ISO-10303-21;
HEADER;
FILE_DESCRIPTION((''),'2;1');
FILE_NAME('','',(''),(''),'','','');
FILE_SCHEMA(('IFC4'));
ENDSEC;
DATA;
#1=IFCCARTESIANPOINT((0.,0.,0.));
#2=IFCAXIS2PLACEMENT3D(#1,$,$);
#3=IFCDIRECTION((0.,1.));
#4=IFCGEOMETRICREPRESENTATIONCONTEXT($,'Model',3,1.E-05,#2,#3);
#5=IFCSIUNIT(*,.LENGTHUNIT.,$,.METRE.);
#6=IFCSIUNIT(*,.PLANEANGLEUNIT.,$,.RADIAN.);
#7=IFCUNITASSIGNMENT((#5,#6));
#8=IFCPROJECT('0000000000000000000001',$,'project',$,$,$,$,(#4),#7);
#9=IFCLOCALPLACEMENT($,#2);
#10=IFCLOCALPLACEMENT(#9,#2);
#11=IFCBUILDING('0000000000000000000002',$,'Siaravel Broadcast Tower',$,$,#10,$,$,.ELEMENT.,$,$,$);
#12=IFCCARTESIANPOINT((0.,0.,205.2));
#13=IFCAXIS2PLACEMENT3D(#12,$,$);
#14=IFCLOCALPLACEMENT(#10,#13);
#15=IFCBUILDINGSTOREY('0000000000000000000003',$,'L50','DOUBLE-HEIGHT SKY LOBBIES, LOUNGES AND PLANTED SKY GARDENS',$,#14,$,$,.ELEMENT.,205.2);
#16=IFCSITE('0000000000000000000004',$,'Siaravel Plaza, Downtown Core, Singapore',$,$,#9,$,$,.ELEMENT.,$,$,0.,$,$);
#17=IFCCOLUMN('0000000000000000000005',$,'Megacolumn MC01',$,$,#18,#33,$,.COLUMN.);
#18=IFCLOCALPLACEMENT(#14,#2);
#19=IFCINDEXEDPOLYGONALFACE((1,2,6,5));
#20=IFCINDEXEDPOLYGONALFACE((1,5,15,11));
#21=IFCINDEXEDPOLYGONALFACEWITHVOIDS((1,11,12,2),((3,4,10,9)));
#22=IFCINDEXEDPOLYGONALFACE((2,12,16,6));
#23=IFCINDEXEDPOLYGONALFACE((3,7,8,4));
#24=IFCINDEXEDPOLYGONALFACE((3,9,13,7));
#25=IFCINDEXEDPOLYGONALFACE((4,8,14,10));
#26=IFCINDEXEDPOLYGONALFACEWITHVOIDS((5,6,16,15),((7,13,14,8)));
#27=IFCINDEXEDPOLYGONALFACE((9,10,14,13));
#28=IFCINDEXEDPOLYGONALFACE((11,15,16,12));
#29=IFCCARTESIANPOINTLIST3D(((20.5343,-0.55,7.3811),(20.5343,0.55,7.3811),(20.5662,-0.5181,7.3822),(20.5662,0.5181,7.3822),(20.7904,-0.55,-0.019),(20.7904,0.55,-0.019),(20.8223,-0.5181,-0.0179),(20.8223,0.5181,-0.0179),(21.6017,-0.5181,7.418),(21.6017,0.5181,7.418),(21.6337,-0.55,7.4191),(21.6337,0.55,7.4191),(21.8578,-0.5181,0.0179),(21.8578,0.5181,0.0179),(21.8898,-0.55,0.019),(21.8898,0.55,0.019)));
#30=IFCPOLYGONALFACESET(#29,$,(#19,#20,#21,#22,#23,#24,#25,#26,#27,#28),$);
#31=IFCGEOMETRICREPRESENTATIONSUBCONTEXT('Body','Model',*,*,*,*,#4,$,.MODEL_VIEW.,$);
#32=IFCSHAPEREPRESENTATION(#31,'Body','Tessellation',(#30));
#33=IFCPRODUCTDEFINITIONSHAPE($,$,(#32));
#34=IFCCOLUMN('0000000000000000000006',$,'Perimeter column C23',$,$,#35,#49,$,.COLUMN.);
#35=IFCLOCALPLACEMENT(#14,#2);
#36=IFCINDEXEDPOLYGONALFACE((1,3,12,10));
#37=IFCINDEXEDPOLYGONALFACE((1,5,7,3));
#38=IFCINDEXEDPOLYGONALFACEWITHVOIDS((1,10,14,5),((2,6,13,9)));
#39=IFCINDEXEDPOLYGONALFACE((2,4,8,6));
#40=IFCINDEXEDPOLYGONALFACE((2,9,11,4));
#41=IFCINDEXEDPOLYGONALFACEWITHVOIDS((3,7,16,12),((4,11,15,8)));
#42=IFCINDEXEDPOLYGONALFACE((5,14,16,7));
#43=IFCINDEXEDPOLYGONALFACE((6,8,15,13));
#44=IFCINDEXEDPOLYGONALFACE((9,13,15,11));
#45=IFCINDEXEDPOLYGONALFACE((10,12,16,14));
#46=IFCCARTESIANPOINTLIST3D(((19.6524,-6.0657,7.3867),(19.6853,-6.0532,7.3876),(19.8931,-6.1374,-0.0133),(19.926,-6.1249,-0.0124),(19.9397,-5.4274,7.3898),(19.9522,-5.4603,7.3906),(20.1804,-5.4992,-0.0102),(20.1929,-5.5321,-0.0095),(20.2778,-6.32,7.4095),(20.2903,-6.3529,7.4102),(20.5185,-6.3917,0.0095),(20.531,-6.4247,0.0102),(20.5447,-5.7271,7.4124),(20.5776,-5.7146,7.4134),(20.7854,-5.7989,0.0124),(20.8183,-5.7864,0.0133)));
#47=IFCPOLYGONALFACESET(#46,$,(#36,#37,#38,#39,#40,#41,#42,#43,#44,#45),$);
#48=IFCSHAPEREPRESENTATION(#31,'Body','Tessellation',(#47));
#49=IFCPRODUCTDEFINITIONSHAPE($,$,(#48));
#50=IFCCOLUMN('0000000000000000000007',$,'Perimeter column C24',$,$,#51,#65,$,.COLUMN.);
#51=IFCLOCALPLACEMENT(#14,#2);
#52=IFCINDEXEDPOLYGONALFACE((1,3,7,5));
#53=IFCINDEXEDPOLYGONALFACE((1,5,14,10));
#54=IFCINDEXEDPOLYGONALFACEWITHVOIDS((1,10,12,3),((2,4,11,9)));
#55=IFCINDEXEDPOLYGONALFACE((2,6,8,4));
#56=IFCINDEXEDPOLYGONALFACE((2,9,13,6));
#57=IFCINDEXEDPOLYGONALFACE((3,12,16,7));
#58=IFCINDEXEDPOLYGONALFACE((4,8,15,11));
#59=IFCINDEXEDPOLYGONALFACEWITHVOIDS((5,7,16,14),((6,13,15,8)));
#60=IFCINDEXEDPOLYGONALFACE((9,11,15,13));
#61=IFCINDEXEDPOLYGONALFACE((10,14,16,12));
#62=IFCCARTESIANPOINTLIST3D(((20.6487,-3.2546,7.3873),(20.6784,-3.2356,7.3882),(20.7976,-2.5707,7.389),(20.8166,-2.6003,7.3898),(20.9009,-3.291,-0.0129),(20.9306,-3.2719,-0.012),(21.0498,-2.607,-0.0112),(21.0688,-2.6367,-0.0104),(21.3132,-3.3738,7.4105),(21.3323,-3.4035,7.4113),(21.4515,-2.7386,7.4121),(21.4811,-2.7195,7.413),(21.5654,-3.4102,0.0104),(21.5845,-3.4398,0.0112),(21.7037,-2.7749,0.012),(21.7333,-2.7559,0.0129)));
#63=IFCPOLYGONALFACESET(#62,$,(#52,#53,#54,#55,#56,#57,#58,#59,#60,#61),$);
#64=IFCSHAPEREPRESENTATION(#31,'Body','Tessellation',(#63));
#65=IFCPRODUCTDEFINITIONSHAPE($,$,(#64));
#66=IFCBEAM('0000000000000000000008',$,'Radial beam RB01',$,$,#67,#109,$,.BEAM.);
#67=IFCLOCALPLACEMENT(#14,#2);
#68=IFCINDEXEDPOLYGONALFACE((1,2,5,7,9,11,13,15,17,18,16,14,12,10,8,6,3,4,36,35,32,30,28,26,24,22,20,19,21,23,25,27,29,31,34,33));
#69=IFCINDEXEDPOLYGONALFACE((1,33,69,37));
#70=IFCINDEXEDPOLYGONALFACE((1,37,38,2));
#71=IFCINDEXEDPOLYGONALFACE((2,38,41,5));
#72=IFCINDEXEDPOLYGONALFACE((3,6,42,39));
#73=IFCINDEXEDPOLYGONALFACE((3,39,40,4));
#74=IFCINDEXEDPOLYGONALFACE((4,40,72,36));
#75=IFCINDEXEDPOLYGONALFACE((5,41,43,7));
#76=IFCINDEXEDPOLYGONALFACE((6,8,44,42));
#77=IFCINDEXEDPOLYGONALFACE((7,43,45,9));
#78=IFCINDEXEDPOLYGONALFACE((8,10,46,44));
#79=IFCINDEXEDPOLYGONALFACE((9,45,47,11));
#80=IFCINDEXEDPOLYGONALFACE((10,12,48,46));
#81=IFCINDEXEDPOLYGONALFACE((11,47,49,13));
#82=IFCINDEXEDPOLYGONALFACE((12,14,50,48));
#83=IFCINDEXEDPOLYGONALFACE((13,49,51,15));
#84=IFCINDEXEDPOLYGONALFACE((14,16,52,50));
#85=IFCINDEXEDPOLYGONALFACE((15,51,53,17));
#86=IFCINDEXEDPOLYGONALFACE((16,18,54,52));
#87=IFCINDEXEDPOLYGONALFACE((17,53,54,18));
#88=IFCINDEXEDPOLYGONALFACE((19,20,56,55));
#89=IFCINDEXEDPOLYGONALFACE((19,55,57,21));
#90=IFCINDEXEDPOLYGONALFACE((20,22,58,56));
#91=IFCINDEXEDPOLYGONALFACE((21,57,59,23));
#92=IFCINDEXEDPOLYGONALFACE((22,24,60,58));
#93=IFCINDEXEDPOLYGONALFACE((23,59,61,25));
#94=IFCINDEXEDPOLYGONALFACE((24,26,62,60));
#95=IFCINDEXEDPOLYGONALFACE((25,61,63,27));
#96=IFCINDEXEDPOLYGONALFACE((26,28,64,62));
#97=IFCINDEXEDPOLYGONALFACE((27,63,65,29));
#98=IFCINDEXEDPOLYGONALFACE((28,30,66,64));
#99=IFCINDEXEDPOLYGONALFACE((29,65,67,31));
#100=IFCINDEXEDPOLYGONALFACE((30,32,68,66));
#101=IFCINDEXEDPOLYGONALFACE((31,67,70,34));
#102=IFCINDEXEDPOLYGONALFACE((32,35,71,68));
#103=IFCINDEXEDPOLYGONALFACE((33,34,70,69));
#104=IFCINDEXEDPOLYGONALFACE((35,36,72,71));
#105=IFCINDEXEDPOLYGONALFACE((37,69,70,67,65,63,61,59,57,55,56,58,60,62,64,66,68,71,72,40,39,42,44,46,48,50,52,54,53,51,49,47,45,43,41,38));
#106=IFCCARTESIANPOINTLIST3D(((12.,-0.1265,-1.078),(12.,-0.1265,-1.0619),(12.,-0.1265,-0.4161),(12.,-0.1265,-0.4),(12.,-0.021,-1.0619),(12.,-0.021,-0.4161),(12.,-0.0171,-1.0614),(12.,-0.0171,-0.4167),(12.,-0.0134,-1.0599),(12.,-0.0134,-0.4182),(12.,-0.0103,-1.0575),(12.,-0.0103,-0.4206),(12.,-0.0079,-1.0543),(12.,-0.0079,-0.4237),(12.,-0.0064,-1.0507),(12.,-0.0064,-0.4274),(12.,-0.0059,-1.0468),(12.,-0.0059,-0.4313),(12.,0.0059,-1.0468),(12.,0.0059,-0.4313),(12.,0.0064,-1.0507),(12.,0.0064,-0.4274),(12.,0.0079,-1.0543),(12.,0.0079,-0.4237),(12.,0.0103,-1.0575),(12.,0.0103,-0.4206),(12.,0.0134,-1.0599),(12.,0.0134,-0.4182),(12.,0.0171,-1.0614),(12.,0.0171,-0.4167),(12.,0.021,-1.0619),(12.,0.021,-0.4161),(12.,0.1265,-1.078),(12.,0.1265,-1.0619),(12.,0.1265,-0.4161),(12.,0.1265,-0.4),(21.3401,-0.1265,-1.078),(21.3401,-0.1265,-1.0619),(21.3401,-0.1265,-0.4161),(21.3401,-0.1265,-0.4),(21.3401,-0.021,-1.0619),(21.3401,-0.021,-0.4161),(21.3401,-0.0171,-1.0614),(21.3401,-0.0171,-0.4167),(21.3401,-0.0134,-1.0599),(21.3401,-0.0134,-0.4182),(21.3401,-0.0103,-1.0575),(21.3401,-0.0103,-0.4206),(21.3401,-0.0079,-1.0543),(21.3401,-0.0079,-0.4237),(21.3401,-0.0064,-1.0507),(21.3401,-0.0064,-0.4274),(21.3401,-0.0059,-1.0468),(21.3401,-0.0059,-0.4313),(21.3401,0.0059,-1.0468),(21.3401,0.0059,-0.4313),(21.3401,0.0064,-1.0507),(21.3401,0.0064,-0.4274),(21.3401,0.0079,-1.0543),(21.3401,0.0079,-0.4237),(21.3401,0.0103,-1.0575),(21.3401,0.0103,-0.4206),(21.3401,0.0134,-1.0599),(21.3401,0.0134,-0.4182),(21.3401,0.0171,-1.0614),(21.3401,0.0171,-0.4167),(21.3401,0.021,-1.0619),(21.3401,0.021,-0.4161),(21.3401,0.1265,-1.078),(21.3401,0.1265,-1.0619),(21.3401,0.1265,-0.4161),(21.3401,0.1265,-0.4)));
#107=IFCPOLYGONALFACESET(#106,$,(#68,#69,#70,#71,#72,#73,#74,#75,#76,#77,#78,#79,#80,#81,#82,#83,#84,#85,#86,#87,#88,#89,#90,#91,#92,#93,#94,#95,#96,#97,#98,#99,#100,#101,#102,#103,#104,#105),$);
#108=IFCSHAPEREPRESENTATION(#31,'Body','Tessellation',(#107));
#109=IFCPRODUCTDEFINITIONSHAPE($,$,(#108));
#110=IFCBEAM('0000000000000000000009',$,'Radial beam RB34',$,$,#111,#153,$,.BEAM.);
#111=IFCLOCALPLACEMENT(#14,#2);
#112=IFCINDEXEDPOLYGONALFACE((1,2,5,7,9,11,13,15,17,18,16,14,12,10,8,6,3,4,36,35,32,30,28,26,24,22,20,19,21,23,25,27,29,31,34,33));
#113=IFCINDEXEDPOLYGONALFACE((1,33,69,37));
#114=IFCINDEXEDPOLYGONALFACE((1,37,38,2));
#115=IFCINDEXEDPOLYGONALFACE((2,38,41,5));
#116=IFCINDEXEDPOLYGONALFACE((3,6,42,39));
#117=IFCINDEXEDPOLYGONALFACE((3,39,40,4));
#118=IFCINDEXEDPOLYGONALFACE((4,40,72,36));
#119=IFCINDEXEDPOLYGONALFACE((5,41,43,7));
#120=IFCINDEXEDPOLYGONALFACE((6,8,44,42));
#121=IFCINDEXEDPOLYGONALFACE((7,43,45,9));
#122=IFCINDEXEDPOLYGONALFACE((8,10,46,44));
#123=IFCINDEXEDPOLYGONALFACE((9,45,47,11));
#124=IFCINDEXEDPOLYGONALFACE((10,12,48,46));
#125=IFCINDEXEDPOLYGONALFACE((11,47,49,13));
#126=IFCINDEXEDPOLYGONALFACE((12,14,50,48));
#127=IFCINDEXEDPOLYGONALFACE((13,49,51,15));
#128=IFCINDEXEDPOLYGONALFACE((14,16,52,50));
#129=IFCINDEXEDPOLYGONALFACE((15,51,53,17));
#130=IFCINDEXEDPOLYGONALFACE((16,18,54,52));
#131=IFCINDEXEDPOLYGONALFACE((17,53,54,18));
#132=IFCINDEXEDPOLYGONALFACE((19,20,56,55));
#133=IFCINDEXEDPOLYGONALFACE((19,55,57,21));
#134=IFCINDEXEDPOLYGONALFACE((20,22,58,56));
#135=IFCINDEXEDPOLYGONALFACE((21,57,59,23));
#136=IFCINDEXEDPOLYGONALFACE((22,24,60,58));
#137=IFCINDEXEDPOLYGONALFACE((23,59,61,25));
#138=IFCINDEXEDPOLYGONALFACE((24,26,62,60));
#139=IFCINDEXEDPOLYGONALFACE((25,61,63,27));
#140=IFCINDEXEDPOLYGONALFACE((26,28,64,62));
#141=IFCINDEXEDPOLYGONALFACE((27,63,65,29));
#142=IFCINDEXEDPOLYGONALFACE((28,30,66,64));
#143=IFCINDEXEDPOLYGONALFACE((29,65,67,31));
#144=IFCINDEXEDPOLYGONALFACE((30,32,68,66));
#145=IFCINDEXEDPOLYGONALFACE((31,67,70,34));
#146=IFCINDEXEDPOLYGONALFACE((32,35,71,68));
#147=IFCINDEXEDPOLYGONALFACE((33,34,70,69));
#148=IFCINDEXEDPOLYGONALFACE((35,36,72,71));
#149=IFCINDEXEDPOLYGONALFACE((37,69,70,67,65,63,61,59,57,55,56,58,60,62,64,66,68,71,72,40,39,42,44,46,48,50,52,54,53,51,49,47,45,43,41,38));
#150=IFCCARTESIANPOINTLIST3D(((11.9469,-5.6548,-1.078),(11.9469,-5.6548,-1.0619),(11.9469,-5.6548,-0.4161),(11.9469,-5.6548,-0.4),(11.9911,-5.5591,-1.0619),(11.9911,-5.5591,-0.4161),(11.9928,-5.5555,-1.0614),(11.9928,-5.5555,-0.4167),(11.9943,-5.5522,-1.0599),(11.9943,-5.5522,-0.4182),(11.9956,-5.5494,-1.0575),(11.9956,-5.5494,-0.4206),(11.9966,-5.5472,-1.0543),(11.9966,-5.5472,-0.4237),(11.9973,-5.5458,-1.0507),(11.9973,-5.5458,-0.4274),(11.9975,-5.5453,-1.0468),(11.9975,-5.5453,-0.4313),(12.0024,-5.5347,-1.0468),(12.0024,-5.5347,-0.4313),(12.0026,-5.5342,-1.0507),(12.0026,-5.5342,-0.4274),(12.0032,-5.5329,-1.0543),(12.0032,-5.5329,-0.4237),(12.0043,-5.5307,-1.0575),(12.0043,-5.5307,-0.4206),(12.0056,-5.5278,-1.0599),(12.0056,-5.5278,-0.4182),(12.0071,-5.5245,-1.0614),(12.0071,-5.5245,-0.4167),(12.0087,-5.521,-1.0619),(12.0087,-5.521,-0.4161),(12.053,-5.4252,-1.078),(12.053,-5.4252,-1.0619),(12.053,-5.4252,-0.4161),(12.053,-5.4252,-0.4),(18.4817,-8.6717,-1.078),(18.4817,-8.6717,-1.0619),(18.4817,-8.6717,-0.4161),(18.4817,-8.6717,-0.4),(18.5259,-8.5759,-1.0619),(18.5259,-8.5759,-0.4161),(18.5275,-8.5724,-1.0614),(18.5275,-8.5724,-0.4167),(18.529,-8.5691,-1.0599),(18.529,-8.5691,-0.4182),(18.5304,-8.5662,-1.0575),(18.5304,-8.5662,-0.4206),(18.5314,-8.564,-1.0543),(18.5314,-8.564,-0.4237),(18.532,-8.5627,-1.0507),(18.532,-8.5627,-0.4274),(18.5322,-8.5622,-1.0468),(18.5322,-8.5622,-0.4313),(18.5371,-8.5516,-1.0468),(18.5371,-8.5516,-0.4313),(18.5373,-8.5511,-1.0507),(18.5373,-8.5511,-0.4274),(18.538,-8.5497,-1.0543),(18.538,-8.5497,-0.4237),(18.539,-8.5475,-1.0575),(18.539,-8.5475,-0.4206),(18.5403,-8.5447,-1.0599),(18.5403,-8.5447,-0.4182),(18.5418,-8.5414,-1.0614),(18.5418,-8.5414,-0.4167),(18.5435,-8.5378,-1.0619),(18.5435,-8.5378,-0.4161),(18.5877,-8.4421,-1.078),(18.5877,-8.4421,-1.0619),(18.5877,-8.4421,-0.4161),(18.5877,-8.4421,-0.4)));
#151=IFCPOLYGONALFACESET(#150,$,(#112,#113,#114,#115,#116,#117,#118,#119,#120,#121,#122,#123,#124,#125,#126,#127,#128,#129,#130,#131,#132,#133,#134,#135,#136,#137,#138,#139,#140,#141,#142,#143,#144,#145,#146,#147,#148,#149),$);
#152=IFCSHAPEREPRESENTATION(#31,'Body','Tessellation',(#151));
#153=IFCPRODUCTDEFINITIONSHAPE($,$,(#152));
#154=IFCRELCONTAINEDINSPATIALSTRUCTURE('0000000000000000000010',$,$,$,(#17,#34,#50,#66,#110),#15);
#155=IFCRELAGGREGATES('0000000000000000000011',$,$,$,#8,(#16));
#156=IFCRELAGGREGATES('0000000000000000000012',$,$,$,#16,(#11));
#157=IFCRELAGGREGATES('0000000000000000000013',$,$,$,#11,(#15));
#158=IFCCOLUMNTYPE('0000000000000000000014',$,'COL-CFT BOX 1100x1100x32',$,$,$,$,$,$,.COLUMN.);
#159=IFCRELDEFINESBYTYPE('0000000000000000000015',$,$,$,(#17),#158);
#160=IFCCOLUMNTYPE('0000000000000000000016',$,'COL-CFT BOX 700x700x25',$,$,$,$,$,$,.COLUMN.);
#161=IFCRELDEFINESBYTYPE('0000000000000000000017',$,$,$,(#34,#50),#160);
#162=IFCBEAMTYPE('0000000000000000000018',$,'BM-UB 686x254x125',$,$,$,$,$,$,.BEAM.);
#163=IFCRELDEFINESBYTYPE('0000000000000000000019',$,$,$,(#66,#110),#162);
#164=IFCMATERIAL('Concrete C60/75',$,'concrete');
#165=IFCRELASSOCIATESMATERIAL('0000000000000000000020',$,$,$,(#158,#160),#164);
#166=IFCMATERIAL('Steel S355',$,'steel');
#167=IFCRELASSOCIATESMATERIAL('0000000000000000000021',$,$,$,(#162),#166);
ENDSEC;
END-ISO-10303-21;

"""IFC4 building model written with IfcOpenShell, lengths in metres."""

from ifc_helpers import new_model, si_unit, direction, frame, origin, origin_2d, place, context, subcontext, project, spatial, hollow_rectangle, i_section, extrude, material, material_profile, profile_set, type_object, element, save


model = new_model("IFC4")

# Units and contexts
model_context = context("Model", 3, precision=1e-05, world=origin(), true_north=direction((0.0, 1.0)))
body_context = subcontext(model_context, "Body", "Model", "MODEL_VIEW")
ifc_project = project(units=[si_unit("LENGTHUNIT", "METRE"), si_unit("PLANEANGLEUNIT", "RADIAN")], contexts=[model_context])

# Site, building, storey
site_placement = place(None, origin())
site = spatial("IfcSite", under=ifc_project, at=site_placement, Name="Siaravel Plaza, Downtown Core, Singapore", CompositionType="ELEMENT", RefElevation=0.0)
building_placement = place(site_placement, origin())
building = spatial("IfcBuilding", under=site, at=building_placement, Name="Siaravel Broadcast Tower", CompositionType="ELEMENT")
storey_placement = place(building_placement, frame((0.0, 0.0, 205.2)))
storey = spatial("IfcBuildingStorey", under=building, at=storey_placement, Name="L50", Description="DOUBLE-HEIGHT SKY LOBBIES, LOUNGES AND PLANTED SKY GARDENS", CompositionType="ELEMENT", Elevation=205.2)

# Columns
ifc_material_1 = material(Name="Concrete C60/75", Category="concrete")
ifc_material_profile_1 = material_profile(ifc_material_1, hollow_rectangle(XDim=1.1001, YDim=1.1001, WallThickness=0.032, at=origin_2d()))
ifc_profile_set_1 = profile_set([ifc_material_profile_1], Name="Concrete C60/75")
column_type_1 = type_object("IfcColumnType", Name="COL-CFT BOX 1100x1100x32", PredefinedType="COLUMN", material=ifc_profile_set_1)
column_1_placement = place(storey_placement, frame((21.3401, 0.0, 0.0), z_axis=(-0.034587, 0.0, 0.999402), x_axis=(0.0, -1.0, 0.0)))
element("IfcColumn", 1, at=column_1_placement, inside=storey, type_object=column_type_1, Name="Megacolumn MC01", PredefinedType="COLUMN", context=body_context, shape_type="SweptSolid", body=[
    extrude(hollow_rectangle(XDim=1.1001, YDim=1.1001, WallThickness=0.032, at=origin_2d()), origin(), (0.0, 0.0, 1.0), 7.4045),
])
ifc_material_profile_2 = material_profile(ifc_material_1, hollow_rectangle(XDim=0.7, YDim=0.7, WallThickness=0.0249, at=origin_2d()))
ifc_profile_set_2 = profile_set([ifc_material_profile_2], Name="Concrete C60/75")
column_type_2 = type_object("IfcColumnType", Name="COL-CFT BOX 700x700x25", PredefinedType="COLUMN", material=ifc_profile_set_2)
column_2_placement = place(storey_placement, frame((20.3557, -5.9619, 0.0), z_axis=(-0.032511, 0.009694, 0.999424), x_axis=(-0.410442, -0.911875, -0.004507)))
element("IfcColumn", 2, at=column_2_placement, inside=storey, type_object=column_type_2, Name="Perimeter column C23", PredefinedType="COLUMN", context=body_context, shape_type="SweptSolid", body=[
    extrude(hollow_rectangle(XDim=0.7, YDim=0.7, WallThickness=0.0249, at=origin_2d()), origin(), (0.0, 0.0, 1.0), 7.4043),
])
column_3_placement = place(storey_placement, frame((21.3171, -3.0234, 0.0), z_axis=(-0.03406, 0.004913, 0.999408), x_axis=(-0.212711, -0.977112, -0.002446)))
element("IfcColumn", 3, at=column_3_placement, inside=storey, type_object=column_type_2, Name="Perimeter column C24", PredefinedType="COLUMN", context=body_context, shape_type="SweptSolid", body=[
    extrude(hollow_rectangle(XDim=0.7, YDim=0.7, WallThickness=0.0249, at=origin_2d()), origin(), (0.0, 0.0, 1.0), 7.4045),
])

# Beams
ifc_material_2 = material(Name="Steel S355", Category="steel")
ifc_material_profile_3 = material_profile(ifc_material_2, i_section(OverallWidth=0.2529, OverallDepth=0.678, WebThickness=0.0117, FlangeThickness=0.0161, FilletRadius=0.0151, at=origin_2d()))
ifc_profile_set_3 = profile_set([ifc_material_profile_3], Name="Steel S355")
beam_type = type_object("IfcBeamType", Name="BM-UB 686x254x125", PredefinedType="BEAM", material=ifc_profile_set_3)
beam_1_placement = place(storey_placement, frame((21.3401, 0.0, -0.739), z_axis=(-1.0, 0.0, 0.0), x_axis=(0.0, -1.0, 0.0)))
element("IfcBeam", 4, at=beam_1_placement, inside=storey, type_object=beam_type, Name="Radial beam RB01", PredefinedType="BEAM", context=body_context, shape_type="SweptSolid", body=[
    extrude(i_section(OverallWidth=0.2529, OverallDepth=0.678, WebThickness=0.0117, FlangeThickness=0.0161, FilletRadius=0.0151, at=origin_2d()), origin(), (0.0, 0.0, 1.0), 9.3401),
])
beam_2_placement = place(storey_placement, frame((18.5347, -8.5569, -0.739), z_axis=(-0.907915, 0.419155, 0.0), x_axis=(-0.419155, -0.907915, 0.0)))
element("IfcBeam", 5, at=beam_2_placement, inside=storey, type_object=beam_type, Name="Radial beam RB34", PredefinedType="BEAM", context=body_context, shape_type="SweptSolid", body=[
    extrude(i_section(OverallWidth=0.2529, OverallDepth=0.678, WebThickness=0.0117, FlangeThickness=0.0161, FilletRadius=0.0151, at=origin_2d()), origin(), (0.0, 0.0, 1.0), 7.1975),
])

save(model, "model.ifc")
